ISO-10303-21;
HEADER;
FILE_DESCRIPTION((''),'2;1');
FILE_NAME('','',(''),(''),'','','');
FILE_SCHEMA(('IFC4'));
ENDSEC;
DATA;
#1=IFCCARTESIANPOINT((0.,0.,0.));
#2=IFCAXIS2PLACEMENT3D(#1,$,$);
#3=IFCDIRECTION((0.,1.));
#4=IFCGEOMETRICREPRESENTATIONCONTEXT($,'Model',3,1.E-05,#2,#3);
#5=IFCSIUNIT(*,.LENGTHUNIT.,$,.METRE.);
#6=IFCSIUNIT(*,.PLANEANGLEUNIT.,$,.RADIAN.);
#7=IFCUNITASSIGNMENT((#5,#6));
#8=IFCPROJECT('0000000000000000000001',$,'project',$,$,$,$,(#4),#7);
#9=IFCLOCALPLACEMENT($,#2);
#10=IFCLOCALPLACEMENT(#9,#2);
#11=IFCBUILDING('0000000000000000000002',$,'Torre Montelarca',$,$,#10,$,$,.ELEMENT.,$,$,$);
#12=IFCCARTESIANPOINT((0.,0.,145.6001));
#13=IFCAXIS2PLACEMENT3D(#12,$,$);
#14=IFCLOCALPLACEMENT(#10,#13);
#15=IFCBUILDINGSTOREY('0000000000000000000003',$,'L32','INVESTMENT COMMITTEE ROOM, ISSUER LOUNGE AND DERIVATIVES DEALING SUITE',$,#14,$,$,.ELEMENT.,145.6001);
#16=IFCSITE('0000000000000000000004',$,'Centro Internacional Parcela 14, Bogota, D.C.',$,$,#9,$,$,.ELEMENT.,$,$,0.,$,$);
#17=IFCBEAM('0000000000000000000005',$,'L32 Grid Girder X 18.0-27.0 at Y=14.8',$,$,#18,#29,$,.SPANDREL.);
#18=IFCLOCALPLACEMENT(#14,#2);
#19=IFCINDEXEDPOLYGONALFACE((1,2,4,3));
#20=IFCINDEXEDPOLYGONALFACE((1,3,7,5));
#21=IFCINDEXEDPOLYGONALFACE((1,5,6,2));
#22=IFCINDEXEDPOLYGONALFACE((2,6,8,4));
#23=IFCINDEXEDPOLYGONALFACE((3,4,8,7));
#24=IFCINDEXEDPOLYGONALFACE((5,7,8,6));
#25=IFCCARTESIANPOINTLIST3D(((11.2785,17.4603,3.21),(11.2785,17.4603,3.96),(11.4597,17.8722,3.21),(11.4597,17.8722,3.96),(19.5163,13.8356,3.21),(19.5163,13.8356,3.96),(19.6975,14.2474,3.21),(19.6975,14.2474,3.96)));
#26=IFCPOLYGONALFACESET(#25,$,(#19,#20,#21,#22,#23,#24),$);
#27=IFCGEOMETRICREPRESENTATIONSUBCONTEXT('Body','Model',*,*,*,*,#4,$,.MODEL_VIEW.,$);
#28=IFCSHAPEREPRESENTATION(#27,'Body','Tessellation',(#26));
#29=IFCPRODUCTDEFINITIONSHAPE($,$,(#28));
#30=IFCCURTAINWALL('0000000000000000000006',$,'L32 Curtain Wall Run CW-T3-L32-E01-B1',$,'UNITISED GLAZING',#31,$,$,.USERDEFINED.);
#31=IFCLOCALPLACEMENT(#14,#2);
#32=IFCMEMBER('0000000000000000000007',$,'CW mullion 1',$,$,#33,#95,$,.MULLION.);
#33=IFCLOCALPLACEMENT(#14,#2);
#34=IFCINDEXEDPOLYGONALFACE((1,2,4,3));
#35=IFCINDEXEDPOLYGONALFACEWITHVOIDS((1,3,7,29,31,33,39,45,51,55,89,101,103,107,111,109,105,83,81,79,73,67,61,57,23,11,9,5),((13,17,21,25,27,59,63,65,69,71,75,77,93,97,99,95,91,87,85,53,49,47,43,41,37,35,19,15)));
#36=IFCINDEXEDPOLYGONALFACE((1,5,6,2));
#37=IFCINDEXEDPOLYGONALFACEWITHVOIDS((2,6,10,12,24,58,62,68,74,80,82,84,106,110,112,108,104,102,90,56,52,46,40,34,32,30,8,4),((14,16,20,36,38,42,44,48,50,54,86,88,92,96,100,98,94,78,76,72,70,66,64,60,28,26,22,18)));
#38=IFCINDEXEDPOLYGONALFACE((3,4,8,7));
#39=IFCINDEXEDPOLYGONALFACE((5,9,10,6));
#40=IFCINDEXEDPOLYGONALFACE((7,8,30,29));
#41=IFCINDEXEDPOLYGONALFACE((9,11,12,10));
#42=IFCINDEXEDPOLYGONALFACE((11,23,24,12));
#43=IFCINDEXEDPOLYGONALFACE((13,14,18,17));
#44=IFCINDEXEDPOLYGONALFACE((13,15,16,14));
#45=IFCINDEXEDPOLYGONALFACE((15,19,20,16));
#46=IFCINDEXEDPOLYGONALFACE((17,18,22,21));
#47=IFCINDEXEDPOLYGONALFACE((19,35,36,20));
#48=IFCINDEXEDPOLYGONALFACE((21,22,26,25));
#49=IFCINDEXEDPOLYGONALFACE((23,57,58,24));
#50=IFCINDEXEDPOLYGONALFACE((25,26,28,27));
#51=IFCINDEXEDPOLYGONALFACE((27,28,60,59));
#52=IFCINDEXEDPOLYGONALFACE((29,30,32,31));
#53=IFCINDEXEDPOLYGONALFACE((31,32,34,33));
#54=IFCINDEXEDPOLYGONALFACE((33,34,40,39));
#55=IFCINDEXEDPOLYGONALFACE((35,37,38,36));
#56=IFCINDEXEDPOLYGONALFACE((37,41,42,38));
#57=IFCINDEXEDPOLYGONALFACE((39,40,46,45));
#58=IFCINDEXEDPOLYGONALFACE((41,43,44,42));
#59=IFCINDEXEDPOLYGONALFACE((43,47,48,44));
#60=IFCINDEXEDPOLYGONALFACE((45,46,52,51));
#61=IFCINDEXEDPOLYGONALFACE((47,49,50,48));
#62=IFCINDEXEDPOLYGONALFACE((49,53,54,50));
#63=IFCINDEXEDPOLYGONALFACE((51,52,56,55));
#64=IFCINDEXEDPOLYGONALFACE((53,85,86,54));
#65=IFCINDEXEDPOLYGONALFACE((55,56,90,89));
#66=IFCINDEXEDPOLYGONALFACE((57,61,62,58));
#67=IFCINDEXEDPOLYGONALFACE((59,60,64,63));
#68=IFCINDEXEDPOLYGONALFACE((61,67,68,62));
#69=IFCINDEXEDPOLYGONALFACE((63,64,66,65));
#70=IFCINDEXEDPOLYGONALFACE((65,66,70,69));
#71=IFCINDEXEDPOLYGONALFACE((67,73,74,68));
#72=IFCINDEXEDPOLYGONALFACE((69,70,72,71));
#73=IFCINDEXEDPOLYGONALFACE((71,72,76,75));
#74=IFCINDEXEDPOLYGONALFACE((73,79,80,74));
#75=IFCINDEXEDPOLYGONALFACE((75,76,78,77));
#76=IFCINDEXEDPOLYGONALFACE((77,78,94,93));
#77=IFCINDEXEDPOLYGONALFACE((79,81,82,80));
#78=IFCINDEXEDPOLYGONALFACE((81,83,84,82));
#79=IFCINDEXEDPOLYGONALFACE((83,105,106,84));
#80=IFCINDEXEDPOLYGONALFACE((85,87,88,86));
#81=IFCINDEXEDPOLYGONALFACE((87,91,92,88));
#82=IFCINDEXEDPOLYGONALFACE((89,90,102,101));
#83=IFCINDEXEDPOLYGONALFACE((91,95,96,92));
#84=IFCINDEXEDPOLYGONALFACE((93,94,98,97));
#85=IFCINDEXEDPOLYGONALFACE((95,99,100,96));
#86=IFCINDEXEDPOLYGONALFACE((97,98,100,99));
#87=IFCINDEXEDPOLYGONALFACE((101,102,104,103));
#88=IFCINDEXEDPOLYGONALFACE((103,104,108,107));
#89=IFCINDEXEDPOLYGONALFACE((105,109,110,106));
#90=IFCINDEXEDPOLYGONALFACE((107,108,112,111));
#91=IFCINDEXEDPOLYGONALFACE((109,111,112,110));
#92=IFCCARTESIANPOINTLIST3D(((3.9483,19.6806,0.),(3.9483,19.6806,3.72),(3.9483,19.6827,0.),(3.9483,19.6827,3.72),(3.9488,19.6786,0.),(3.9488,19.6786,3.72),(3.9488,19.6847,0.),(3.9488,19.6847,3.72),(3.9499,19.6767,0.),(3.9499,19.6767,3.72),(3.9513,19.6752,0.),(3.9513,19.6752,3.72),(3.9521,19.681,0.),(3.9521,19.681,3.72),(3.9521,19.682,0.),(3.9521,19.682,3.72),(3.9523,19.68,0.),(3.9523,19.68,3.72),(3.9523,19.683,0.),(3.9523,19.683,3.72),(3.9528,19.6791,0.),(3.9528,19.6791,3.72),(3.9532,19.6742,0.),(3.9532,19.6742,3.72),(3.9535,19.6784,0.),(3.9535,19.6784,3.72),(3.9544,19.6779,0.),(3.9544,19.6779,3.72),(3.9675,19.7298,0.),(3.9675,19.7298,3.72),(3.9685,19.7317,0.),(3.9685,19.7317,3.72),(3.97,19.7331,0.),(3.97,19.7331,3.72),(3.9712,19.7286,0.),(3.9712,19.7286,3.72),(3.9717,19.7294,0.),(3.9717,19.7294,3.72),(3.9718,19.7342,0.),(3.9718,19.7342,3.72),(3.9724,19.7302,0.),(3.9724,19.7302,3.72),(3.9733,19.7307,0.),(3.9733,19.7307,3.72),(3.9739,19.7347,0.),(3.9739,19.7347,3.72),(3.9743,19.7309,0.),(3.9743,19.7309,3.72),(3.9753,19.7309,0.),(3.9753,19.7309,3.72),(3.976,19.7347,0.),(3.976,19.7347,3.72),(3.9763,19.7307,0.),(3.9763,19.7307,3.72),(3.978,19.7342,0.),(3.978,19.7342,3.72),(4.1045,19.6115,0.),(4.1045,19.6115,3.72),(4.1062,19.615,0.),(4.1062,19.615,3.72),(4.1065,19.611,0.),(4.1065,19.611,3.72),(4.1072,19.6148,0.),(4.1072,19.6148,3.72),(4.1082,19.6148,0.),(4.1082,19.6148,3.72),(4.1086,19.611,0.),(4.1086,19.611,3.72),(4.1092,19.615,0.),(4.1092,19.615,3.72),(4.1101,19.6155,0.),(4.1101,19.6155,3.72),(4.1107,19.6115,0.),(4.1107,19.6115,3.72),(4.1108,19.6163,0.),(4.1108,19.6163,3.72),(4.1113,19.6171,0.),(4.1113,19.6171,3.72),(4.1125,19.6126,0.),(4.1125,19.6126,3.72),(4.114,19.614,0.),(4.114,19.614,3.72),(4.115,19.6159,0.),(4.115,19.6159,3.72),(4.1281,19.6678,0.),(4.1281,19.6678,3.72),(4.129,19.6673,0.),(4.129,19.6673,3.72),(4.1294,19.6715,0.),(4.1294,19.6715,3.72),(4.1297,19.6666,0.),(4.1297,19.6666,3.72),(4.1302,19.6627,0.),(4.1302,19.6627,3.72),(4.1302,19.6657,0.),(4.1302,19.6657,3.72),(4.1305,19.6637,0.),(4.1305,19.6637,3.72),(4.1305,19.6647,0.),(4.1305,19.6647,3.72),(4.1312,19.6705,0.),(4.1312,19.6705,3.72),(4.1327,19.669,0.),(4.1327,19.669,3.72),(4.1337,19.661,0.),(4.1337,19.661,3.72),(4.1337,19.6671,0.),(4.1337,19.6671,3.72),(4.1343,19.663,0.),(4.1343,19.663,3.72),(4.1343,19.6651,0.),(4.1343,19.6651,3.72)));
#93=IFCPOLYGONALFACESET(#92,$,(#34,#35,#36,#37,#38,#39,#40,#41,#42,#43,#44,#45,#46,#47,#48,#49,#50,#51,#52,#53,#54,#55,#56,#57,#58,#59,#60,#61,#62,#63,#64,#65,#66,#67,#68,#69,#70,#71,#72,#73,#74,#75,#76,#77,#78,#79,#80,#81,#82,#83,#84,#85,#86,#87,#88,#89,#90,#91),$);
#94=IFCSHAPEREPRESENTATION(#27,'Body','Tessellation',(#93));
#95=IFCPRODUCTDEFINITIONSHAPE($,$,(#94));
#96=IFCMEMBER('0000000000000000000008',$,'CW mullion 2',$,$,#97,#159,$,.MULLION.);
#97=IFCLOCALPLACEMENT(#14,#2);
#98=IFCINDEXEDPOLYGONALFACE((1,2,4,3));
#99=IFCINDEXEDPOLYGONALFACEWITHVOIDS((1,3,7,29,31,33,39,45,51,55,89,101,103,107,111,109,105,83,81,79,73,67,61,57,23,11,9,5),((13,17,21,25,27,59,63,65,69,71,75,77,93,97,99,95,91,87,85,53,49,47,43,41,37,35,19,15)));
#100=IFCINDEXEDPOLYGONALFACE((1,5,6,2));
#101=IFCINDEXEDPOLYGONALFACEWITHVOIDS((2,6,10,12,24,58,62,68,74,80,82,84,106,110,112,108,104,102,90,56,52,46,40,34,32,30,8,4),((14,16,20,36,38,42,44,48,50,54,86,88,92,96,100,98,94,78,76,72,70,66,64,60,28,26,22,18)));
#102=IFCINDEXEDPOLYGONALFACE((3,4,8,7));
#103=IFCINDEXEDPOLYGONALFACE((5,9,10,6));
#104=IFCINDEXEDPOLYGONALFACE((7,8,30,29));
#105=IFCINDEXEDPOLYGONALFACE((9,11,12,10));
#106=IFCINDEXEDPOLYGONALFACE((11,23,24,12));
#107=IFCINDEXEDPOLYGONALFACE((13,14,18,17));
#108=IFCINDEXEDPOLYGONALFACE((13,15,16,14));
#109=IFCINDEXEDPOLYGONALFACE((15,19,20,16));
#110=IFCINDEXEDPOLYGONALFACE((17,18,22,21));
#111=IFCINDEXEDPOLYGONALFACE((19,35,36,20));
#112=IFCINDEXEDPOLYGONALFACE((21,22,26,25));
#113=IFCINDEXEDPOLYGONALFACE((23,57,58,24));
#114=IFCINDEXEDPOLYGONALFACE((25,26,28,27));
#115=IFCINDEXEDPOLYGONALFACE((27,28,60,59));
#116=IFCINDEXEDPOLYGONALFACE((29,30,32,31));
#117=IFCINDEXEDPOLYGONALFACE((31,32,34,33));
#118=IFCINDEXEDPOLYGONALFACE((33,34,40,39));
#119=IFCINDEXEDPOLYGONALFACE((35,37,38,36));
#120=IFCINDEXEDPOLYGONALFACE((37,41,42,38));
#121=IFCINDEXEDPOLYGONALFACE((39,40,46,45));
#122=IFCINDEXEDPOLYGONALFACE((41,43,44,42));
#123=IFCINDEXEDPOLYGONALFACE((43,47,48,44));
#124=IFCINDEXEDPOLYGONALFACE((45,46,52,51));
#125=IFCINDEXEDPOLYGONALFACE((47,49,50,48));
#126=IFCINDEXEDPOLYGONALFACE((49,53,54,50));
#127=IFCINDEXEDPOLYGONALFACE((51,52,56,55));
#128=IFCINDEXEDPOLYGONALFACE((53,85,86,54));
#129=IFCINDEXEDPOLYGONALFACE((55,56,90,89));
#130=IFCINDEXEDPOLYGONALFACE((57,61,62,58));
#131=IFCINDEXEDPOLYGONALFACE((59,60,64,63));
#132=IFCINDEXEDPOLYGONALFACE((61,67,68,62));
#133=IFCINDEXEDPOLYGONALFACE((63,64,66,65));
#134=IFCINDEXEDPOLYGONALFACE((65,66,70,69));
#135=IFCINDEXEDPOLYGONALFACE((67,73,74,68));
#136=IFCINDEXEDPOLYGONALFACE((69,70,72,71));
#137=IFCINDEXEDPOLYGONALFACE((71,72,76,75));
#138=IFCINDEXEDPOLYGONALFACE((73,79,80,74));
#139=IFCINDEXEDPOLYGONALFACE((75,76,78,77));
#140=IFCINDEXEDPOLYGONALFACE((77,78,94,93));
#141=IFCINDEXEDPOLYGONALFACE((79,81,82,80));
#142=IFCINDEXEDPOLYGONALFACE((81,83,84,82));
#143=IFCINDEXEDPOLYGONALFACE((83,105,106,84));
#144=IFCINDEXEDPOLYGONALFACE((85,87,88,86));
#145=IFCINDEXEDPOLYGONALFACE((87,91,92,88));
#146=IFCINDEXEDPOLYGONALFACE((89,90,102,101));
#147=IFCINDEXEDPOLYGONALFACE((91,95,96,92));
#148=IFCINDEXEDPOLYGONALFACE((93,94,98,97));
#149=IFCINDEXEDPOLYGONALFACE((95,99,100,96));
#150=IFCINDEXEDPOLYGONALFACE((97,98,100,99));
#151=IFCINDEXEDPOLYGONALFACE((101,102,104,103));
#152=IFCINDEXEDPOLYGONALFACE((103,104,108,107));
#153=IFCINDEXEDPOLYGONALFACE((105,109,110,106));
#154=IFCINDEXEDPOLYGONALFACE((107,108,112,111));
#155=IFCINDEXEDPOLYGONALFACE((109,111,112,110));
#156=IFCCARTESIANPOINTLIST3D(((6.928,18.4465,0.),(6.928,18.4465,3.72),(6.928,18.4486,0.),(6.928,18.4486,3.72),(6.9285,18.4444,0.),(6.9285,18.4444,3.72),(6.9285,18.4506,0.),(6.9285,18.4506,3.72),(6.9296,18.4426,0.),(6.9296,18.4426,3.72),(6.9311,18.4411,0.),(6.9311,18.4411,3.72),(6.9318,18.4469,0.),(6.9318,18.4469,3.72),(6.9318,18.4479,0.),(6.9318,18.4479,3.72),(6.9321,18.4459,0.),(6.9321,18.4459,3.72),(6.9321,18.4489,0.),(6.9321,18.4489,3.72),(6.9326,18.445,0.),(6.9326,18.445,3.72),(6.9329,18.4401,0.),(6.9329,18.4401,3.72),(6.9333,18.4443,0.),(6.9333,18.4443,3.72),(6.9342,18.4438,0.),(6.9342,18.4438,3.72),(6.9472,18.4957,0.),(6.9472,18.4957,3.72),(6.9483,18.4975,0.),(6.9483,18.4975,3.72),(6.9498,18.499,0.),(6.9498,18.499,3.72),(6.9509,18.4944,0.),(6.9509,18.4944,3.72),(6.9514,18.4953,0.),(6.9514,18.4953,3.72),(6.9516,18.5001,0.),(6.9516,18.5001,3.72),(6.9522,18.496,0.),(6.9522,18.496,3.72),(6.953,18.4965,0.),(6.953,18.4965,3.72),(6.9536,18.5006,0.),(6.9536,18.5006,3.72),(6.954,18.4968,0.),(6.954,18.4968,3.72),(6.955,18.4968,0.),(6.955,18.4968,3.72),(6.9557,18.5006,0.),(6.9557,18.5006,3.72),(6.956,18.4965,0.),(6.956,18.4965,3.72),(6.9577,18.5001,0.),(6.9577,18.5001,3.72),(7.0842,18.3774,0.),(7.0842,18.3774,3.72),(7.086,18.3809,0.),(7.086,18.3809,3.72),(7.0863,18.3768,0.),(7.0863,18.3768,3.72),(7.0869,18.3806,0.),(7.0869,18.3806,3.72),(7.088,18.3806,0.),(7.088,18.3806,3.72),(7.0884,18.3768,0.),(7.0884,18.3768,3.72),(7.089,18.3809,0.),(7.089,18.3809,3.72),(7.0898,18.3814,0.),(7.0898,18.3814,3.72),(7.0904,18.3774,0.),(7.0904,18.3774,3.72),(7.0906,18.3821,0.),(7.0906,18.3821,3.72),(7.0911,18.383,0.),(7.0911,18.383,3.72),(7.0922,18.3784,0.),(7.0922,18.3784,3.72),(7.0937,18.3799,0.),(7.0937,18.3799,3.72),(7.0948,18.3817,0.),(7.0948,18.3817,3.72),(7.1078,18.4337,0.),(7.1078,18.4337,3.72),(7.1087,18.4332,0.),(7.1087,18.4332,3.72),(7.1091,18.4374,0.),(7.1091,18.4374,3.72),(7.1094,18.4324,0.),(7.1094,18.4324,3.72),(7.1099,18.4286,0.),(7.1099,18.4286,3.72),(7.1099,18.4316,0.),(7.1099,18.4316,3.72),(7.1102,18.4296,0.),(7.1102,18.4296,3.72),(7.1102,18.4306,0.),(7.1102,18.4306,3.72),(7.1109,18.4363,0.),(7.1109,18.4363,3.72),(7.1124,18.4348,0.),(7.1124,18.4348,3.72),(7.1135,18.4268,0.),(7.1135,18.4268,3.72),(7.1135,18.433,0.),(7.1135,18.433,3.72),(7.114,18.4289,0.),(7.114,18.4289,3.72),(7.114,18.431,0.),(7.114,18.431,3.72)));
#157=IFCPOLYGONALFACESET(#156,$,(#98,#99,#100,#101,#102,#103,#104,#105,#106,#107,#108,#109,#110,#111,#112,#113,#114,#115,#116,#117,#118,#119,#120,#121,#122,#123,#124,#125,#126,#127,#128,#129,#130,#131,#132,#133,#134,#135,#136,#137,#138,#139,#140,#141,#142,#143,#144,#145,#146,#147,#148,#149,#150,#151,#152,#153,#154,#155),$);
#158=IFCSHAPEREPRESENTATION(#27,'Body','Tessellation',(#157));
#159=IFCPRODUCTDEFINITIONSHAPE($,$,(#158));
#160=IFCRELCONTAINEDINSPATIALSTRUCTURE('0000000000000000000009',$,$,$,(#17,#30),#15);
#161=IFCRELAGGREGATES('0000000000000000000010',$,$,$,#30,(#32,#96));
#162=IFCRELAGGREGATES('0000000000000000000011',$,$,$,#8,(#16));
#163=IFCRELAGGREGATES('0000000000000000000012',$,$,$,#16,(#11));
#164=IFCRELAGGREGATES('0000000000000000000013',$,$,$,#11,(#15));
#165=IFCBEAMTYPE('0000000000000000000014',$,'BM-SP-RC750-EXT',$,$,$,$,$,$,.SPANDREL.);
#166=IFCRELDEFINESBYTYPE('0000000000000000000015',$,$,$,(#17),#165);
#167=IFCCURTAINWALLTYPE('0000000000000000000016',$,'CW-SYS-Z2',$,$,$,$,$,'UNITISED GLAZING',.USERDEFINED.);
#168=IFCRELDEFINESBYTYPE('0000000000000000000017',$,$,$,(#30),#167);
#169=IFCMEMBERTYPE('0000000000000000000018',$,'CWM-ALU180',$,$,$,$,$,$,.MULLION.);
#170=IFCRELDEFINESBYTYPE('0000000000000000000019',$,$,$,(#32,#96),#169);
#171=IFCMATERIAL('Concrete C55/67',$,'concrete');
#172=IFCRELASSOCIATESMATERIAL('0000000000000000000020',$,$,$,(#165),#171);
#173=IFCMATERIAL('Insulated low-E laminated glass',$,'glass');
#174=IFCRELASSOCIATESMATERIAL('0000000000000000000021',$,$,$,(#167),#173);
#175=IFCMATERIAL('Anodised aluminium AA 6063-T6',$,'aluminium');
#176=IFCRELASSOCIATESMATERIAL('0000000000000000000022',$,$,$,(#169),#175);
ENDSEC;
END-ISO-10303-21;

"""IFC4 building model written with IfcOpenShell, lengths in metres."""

from ifc_helpers import new_model, si_unit, direction, frame, origin, origin_2d, place, context, subcontext, project, spatial, rectangle, hollow_rectangle, extrude, source, transform, mapped, material, material_profile, profile_set, type_object, element, aggregate, save


model = new_model("IFC4")

# Units and contexts
model_context = context("Model", 3, precision=1e-05, world=origin(), true_north=direction((0.0, 1.0)))
body_context = subcontext(model_context, "Body", "Model", "MODEL_VIEW")
ifc_project = project(units=[si_unit("LENGTHUNIT", "METRE"), si_unit("PLANEANGLEUNIT", "RADIAN")], contexts=[model_context])

# Site, building, storey
site_placement = place(None, origin())
site = spatial("IfcSite", under=ifc_project, at=site_placement, Name="Centro Internacional Parcela 14, Bogota, D.C.", CompositionType="ELEMENT", RefElevation=0.0)
building_placement = place(site_placement, origin())
building = spatial("IfcBuilding", under=site, at=building_placement, Name="Torre Montelarca", CompositionType="ELEMENT")
storey_placement = place(building_placement, frame((0.0, 0.0, 145.6001)))
storey = spatial("IfcBuildingStorey", under=building, at=storey_placement, Name="L32", Description="INVESTMENT COMMITTEE ROOM, ISSUER LOUNGE AND DERIVATIVES DEALING SUITE", CompositionType="ELEMENT", Elevation=145.6001)

# Shared definitions
ifc_material_1 = material(Name="Concrete C55/67", Category="concrete")

# Beam
ifc_material_profile_1 = material_profile(ifc_material_1, rectangle(XDim=0.45, YDim=0.75, at=origin_2d()), Name="RCB450X750", Category="concrete")
ifc_profile_set_1 = profile_set([ifc_material_profile_1], Name="Concrete C55/67")
beam_type = type_object("IfcBeamType", Name="BM-SP-RC750-EXT", PredefinedType="SPANDREL", material=ifc_profile_set_1)
shared_shape_1 = source(origin(), body_context, "Body", "SweptSolid", [
    extrude(rectangle(XDim=0.45, YDim=0.75, at=origin_2d()), origin(), (0.0, 0.0, 1.0), 9.0),
])
beam_placement = place(storey_placement, frame((11.3691, 17.6663, 3.585), z_axis=(0.91531, -0.40275, 0.0), x_axis=(0.40275, 0.91531, 0.0)))
element("IfcBeam", 1, at=beam_placement, inside=storey, type_object=beam_type, Name="L32 Grid Girder X 18.0-27.0 at Y=14.8", PredefinedType="SPANDREL", context=body_context, shape_type="MappedRepresentation", body=[
    mapped(shared_shape_1, transform((0.0, 0.0, 0.0), scale=1.0)),
])

# Curtain wall, members
ifc_material_2 = material(Name="Insulated low-E laminated glass", Category="glass")
curtain_wall_type = type_object("IfcCurtainWallType", Name="CW-SYS-Z2", ElementType="UNITISED GLAZING", PredefinedType="USERDEFINED", material=ifc_material_2)
curtain_wall_1_placement = place(storey_placement, origin())
curtain_wall_1 = element("IfcCurtainWall", 2, at=curtain_wall_1_placement, inside=storey, type_object=curtain_wall_type, Name="L32 Curtain Wall Run CW-T3-L32-E01-B1", ObjectType="UNITISED GLAZING", PredefinedType="USERDEFINED")
ifc_material_3 = material(Name="Anodised aluminium AA 6063-T6", Category="aluminium")
ifc_material_profile_2 = material_profile(ifc_material_3, hollow_rectangle(XDim=0.0649, YDim=0.1799, WallThickness=0.0039, InnerFilletRadius=0.0039, OuterFilletRadius=0.0081, at=origin_2d()), Name="ALU65X180X4", Category="aluminium")
ifc_profile_set_2 = profile_set([ifc_material_profile_2], Name="Anodised aluminium AA 6063-T6")
member_type_1 = type_object("IfcMemberType", Name="CWM-ALU180", PredefinedType="MULLION", material=ifc_profile_set_2)
shared_shape_2 = source(origin(), body_context, "Body", "SweptSolid", [
    extrude(hollow_rectangle(XDim=0.0649, YDim=0.1799, WallThickness=0.0039, InnerFilletRadius=0.0039, OuterFilletRadius=0.0081, at=origin_2d()), origin(), (0.0, 0.0, 1.0), 3.72),
])
member_1_placement = place(storey_placement, frame((4.0413, 19.6729, 0.0), z_axis=(0.0, 0.0, 1.0), x_axis=(0.382683, 0.92388, 0.0)))
member_1 = element("IfcMember", 3, at=member_1_placement, type_object=member_type_1, Name="CW mullion 1", PredefinedType="MULLION", context=body_context, shape_type="MappedRepresentation", body=[
    mapped(shared_shape_2, transform((0.0, 0.0, 0.0), scale=1.0)),
])
member_2_placement = place(storey_placement, frame((7.021, 18.4387, 0.0), z_axis=(0.0, 0.0, 1.0), x_axis=(0.382683, 0.92388, 0.0)))
member_2 = element("IfcMember", 4, at=member_2_placement, type_object=member_type_1, Name="CW mullion 2", PredefinedType="MULLION", context=body_context, shape_type="MappedRepresentation", body=[
    mapped(shared_shape_2, transform((0.0, 0.0, 0.0), scale=1.0)),
])

aggregate(curtain_wall_1, [member_1, member_2])

save(model, "model.ifc")
